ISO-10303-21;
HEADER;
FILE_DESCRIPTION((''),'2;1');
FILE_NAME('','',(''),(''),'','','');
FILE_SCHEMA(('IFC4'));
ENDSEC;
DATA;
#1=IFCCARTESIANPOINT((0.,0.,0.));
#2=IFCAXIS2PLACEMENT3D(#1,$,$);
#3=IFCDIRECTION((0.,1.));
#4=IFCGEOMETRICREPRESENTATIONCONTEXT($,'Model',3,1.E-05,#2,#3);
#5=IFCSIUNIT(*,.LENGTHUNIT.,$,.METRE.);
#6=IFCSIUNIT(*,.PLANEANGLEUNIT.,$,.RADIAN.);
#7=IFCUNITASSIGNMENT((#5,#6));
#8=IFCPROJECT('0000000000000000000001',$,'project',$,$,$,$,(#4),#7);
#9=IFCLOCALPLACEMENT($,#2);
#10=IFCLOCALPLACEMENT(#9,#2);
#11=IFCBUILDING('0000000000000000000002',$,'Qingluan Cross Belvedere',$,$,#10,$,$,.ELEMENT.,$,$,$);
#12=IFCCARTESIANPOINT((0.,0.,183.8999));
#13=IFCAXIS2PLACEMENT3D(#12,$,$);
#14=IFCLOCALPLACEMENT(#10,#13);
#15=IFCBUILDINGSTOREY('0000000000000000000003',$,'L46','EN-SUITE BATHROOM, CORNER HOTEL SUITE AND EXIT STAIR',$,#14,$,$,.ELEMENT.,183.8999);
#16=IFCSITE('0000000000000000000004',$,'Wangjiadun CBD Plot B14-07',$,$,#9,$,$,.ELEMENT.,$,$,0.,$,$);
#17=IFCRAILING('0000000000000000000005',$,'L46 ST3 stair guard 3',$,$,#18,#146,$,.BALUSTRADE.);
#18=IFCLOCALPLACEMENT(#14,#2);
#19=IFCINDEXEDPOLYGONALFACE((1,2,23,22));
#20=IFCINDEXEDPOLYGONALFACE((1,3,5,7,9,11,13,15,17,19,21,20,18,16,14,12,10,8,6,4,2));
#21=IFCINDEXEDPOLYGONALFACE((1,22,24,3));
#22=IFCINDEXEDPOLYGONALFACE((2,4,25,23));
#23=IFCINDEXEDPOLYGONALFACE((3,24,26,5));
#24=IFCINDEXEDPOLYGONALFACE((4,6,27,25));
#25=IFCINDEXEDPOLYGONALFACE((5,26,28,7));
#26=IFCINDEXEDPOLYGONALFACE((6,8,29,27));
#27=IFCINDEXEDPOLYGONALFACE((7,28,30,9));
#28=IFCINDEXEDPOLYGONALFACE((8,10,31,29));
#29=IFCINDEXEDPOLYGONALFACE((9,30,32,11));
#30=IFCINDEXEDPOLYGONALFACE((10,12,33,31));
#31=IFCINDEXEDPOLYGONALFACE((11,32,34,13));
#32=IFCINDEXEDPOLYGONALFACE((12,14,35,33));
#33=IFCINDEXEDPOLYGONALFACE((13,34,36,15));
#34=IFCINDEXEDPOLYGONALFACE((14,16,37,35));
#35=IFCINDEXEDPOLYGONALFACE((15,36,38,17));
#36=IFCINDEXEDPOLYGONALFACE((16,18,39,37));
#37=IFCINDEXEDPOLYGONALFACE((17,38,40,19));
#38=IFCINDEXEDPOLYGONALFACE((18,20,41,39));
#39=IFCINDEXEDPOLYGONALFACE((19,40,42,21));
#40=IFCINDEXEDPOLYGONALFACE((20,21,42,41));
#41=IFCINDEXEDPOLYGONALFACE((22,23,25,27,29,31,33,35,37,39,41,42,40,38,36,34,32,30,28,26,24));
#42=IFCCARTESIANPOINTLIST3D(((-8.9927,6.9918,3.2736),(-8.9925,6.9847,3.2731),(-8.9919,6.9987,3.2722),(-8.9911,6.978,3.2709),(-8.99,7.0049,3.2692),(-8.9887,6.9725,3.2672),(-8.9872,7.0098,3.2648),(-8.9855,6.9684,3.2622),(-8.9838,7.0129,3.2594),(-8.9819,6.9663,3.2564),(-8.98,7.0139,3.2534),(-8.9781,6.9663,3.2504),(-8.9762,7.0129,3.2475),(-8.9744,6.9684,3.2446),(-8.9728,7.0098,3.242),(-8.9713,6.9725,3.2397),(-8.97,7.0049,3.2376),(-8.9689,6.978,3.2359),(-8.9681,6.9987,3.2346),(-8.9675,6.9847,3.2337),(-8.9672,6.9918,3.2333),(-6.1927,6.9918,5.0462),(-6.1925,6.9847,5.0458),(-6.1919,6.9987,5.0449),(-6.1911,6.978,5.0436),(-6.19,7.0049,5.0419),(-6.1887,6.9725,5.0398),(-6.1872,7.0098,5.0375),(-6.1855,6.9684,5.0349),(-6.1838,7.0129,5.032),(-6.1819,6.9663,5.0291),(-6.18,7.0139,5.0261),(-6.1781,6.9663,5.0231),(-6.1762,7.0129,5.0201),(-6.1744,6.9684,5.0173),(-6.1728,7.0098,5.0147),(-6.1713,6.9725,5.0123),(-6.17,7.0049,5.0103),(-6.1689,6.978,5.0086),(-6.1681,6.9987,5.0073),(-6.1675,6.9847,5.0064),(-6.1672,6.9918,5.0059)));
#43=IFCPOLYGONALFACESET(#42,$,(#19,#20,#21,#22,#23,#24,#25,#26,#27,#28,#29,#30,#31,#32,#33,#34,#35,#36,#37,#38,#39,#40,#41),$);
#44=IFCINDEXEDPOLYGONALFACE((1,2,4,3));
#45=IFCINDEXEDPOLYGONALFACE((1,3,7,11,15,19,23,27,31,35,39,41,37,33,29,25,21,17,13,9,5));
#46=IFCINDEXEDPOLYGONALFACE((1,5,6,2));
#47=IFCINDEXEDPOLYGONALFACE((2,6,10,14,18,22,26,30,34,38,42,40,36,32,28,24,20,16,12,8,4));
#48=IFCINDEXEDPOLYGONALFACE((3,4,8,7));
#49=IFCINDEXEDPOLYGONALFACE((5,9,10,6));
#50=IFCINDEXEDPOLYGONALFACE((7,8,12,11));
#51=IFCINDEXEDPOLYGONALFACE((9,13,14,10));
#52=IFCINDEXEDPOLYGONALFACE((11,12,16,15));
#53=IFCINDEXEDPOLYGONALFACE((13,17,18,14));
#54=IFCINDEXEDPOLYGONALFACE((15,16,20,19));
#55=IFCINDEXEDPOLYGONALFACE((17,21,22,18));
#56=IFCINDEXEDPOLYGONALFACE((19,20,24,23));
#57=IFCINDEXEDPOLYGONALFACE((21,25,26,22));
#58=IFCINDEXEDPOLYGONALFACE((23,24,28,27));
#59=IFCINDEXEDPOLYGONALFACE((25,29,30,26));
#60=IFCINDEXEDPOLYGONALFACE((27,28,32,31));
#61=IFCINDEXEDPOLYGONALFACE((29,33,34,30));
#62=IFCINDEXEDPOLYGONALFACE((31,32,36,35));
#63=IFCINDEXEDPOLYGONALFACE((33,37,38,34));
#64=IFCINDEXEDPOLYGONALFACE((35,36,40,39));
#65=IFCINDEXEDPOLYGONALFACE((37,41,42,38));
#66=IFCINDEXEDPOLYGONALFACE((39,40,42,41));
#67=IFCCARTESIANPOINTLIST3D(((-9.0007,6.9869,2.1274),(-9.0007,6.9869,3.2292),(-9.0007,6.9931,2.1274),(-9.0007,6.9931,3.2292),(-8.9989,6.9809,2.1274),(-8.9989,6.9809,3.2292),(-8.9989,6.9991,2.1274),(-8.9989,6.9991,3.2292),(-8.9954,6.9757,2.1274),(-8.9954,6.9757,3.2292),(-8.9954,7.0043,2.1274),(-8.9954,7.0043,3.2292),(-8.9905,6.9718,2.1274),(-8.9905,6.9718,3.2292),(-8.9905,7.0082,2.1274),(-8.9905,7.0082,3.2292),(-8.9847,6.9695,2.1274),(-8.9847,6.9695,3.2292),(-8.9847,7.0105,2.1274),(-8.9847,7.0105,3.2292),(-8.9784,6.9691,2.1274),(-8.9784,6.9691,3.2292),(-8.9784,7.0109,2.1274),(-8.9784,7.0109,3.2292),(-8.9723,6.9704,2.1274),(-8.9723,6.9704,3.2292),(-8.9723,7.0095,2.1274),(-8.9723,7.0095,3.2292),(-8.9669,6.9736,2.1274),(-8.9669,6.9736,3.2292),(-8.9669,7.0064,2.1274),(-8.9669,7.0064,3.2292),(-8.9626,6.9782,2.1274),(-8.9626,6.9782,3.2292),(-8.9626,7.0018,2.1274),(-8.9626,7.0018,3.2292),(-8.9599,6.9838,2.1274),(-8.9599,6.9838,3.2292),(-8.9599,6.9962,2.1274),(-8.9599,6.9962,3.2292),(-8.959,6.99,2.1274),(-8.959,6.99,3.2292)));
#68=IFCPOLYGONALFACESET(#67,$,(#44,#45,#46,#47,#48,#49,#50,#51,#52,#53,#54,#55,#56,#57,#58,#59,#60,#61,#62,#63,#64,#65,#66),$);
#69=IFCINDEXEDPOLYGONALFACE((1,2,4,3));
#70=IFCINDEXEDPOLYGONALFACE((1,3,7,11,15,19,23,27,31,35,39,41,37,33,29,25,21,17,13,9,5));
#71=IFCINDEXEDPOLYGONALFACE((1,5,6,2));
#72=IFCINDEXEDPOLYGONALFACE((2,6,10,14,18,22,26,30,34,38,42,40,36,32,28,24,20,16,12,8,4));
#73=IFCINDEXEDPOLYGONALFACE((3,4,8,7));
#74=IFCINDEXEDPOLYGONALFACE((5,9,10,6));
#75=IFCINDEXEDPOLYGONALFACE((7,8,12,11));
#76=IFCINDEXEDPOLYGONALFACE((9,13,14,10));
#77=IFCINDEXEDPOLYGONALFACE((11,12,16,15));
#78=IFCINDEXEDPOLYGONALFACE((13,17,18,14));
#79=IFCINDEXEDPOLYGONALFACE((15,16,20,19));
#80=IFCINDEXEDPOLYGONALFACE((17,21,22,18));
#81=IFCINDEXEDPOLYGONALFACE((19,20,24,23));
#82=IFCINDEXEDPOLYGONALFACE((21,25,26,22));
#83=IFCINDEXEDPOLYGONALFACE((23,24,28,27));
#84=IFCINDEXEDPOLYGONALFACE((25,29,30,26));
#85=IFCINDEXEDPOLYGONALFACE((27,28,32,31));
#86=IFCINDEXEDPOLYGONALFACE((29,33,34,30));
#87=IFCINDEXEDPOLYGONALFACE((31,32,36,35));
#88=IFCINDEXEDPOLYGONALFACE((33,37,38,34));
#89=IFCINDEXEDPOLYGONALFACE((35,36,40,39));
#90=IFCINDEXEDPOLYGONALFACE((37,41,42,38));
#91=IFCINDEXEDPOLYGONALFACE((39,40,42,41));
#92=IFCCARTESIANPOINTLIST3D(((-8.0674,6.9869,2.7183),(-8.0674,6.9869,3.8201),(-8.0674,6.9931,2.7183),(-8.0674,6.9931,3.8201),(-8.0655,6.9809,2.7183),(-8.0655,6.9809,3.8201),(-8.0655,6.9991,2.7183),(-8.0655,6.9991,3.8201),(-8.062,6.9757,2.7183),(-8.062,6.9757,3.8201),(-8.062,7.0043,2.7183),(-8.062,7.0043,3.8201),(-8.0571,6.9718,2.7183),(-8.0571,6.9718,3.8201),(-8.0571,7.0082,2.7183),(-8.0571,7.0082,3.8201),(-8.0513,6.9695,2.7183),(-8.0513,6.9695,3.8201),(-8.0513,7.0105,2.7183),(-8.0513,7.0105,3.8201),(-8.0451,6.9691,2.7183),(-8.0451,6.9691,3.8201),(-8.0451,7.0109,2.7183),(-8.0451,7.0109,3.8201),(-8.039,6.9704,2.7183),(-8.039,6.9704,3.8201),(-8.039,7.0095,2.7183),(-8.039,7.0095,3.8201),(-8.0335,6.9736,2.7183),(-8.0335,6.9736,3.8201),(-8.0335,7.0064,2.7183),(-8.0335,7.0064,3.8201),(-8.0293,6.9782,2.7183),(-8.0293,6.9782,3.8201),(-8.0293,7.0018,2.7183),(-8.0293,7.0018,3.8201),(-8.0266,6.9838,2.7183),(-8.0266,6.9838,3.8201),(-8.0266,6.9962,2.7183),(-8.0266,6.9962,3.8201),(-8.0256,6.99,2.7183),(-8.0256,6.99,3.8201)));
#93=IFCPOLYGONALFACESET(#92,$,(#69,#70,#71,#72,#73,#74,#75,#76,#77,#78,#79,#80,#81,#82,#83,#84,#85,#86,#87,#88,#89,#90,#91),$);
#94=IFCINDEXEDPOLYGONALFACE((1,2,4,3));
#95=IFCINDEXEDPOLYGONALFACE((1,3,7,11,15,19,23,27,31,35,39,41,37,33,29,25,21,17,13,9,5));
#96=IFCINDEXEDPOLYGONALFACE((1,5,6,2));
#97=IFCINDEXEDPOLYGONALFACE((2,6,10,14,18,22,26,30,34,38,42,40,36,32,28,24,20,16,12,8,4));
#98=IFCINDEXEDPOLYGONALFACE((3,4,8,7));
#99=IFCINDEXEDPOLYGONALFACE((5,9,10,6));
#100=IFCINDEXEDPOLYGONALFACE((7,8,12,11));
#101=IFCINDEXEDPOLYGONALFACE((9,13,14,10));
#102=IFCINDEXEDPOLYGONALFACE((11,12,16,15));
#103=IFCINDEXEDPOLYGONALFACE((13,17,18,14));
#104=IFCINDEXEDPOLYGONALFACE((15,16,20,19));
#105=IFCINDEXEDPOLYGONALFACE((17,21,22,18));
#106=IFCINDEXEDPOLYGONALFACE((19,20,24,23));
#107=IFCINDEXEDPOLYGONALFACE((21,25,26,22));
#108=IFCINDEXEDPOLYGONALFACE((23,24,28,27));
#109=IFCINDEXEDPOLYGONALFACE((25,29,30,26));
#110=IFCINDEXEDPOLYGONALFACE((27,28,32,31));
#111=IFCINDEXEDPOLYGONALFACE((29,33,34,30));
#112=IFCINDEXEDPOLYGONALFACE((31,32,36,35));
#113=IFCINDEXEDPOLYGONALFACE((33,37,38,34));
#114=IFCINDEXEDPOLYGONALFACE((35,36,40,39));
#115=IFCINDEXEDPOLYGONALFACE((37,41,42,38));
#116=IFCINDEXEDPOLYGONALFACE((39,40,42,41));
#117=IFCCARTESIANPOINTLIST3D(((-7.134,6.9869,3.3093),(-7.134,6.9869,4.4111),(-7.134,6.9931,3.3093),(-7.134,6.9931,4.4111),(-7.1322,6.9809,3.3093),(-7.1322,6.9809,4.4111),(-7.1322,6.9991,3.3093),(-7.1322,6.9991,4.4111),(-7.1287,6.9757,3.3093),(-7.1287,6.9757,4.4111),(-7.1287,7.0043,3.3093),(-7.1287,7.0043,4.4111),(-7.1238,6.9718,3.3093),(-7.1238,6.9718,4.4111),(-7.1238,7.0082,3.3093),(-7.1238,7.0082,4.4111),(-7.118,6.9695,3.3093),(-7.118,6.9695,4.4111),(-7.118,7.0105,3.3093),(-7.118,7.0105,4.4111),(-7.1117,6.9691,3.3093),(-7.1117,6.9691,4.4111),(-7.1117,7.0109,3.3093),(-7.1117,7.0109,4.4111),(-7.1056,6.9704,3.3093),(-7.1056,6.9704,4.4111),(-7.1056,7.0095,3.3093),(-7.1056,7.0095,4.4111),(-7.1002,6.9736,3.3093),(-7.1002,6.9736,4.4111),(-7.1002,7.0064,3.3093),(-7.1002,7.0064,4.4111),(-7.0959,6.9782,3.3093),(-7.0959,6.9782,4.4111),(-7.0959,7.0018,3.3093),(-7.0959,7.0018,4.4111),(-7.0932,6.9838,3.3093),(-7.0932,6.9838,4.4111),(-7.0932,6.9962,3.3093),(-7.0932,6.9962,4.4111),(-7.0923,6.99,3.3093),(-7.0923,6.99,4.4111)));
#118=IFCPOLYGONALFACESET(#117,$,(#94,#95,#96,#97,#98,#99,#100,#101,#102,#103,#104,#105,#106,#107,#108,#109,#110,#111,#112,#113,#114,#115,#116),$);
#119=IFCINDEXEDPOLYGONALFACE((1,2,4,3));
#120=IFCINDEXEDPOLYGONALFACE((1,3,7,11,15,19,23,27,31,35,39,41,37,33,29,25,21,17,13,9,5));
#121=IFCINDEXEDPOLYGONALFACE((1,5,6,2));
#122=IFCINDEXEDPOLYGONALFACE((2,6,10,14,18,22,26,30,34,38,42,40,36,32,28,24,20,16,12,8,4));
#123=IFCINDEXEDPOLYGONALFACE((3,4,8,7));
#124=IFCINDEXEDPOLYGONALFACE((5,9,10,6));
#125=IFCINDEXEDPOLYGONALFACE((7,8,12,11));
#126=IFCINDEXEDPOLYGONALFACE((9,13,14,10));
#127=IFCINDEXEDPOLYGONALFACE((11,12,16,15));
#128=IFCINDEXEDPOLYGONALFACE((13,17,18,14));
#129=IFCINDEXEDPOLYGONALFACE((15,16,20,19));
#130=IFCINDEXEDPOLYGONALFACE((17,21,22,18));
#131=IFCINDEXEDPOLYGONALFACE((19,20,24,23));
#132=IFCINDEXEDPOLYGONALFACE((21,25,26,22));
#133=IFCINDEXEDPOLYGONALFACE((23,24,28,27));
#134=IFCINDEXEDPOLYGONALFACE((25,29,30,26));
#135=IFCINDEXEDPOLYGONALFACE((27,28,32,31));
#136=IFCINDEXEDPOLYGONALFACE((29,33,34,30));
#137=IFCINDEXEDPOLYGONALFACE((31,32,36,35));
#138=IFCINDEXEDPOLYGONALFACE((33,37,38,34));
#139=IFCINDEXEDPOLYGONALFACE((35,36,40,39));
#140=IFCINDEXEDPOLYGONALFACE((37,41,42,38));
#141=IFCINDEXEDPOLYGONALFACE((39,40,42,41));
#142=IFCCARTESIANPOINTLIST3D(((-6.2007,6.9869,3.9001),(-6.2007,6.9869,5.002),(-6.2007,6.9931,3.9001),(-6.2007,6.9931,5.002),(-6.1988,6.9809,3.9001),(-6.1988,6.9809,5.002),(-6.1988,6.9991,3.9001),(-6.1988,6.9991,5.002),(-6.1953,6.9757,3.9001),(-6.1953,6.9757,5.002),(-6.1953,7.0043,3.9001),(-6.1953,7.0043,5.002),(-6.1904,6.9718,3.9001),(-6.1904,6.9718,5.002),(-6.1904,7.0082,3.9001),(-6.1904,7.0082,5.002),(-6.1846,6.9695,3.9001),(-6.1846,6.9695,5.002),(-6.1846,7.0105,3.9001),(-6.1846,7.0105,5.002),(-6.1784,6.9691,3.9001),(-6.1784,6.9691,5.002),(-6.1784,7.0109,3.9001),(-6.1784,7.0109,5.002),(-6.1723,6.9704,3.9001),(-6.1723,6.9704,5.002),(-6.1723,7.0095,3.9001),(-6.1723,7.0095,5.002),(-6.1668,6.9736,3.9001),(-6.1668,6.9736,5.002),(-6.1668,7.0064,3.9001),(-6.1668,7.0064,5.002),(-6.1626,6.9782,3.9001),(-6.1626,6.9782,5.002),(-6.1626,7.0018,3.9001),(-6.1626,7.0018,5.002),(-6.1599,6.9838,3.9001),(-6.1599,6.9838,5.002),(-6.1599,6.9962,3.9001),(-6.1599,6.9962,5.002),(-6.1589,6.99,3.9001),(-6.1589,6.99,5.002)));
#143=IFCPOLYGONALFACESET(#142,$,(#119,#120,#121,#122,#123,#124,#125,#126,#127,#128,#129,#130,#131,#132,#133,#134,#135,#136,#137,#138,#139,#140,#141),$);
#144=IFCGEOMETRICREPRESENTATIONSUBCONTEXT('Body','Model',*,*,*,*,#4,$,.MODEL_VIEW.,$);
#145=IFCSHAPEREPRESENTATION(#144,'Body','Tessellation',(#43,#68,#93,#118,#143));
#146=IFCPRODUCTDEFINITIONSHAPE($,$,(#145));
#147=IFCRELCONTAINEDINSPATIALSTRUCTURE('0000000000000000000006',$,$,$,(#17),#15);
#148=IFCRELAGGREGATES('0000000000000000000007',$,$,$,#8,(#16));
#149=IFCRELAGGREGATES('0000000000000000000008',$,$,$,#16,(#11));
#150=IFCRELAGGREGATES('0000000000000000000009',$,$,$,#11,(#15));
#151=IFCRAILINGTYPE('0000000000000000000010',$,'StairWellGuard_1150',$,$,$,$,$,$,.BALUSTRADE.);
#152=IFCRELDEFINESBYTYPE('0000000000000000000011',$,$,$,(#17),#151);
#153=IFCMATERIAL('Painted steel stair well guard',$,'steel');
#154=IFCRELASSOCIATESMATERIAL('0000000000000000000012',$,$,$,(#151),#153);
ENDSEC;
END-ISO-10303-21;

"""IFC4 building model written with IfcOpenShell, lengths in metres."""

from ifc_helpers import new_model, si_unit, direction, frame, origin, origin_2d, place, context, subcontext, project, spatial, circle, extrude, material, type_object, element, save


model = new_model("IFC4")

# Units and contexts
model_context = context("Model", 3, precision=1e-05, world=origin(), true_north=direction((0.0, 1.0)))
body_context = subcontext(model_context, "Body", "Model", "MODEL_VIEW")
ifc_project = project(units=[si_unit("LENGTHUNIT", "METRE"), si_unit("PLANEANGLEUNIT", "RADIAN")], contexts=[model_context])

# Site, building, storey
site_placement = place(None, origin())
site = spatial("IfcSite", under=ifc_project, at=site_placement, Name="Wangjiadun CBD Plot B14-07", CompositionType="ELEMENT", RefElevation=0.0)
building_placement = place(site_placement, origin())
building = spatial("IfcBuilding", under=site, at=building_placement, Name="Qingluan Cross Belvedere", CompositionType="ELEMENT")
storey_placement = place(building_placement, frame((0.0, 0.0, 183.8999)))
storey = spatial("IfcBuildingStorey", under=building, at=storey_placement, Name="L46", Description="EN-SUITE BATHROOM, CORNER HOTEL SUITE AND EXIT STAIR", CompositionType="ELEMENT", Elevation=183.8999)

# Railing
ifc_material_1 = material(Name="Painted steel stair well guard", Category="steel")
railing_type_1 = type_object("IfcRailingType", Name="StairWellGuard_1150", PredefinedType="BALUSTRADE", material=ifc_material_1)
railing_1_placement = place(storey_placement, frame((-8.98, 6.99, 2.1274)))
element("IfcRailing", 1, at=railing_1_placement, inside=storey, type_object=railing_type_1, Name="L46 ST3 stair guard 3", PredefinedType="BALUSTRADE", context=body_context, shape_type="SweptSolid", body=[
    extrude(circle(Radius=0.0239, at=origin_2d()), frame((0.0, 0.0, 1.126), z_axis=(0.844909, 0.0, 0.53491), x_axis=(0.0, 1.0, 0.0)), (0.0, 0.0, 1.0), 3.314),
    extrude(circle(Radius=0.021, at=origin_2d()), origin(), (0.0, 0.0, 1.0), 1.1018),
    extrude(circle(Radius=0.021, at=origin_2d()), frame((0.9333, 0.0, 0.5908)), (0.0, 0.0, 1.0), 1.1018),
    extrude(circle(Radius=0.021, at=origin_2d()), frame((1.8667, 0.0, 1.1819)), (0.0, 0.0, 1.0), 1.1018),
    extrude(circle(Radius=0.021, at=origin_2d()), frame((2.8, 0.0, 1.7727)), (0.0, 0.0, 1.0), 1.1018),
])

save(model, "model.ifc")
